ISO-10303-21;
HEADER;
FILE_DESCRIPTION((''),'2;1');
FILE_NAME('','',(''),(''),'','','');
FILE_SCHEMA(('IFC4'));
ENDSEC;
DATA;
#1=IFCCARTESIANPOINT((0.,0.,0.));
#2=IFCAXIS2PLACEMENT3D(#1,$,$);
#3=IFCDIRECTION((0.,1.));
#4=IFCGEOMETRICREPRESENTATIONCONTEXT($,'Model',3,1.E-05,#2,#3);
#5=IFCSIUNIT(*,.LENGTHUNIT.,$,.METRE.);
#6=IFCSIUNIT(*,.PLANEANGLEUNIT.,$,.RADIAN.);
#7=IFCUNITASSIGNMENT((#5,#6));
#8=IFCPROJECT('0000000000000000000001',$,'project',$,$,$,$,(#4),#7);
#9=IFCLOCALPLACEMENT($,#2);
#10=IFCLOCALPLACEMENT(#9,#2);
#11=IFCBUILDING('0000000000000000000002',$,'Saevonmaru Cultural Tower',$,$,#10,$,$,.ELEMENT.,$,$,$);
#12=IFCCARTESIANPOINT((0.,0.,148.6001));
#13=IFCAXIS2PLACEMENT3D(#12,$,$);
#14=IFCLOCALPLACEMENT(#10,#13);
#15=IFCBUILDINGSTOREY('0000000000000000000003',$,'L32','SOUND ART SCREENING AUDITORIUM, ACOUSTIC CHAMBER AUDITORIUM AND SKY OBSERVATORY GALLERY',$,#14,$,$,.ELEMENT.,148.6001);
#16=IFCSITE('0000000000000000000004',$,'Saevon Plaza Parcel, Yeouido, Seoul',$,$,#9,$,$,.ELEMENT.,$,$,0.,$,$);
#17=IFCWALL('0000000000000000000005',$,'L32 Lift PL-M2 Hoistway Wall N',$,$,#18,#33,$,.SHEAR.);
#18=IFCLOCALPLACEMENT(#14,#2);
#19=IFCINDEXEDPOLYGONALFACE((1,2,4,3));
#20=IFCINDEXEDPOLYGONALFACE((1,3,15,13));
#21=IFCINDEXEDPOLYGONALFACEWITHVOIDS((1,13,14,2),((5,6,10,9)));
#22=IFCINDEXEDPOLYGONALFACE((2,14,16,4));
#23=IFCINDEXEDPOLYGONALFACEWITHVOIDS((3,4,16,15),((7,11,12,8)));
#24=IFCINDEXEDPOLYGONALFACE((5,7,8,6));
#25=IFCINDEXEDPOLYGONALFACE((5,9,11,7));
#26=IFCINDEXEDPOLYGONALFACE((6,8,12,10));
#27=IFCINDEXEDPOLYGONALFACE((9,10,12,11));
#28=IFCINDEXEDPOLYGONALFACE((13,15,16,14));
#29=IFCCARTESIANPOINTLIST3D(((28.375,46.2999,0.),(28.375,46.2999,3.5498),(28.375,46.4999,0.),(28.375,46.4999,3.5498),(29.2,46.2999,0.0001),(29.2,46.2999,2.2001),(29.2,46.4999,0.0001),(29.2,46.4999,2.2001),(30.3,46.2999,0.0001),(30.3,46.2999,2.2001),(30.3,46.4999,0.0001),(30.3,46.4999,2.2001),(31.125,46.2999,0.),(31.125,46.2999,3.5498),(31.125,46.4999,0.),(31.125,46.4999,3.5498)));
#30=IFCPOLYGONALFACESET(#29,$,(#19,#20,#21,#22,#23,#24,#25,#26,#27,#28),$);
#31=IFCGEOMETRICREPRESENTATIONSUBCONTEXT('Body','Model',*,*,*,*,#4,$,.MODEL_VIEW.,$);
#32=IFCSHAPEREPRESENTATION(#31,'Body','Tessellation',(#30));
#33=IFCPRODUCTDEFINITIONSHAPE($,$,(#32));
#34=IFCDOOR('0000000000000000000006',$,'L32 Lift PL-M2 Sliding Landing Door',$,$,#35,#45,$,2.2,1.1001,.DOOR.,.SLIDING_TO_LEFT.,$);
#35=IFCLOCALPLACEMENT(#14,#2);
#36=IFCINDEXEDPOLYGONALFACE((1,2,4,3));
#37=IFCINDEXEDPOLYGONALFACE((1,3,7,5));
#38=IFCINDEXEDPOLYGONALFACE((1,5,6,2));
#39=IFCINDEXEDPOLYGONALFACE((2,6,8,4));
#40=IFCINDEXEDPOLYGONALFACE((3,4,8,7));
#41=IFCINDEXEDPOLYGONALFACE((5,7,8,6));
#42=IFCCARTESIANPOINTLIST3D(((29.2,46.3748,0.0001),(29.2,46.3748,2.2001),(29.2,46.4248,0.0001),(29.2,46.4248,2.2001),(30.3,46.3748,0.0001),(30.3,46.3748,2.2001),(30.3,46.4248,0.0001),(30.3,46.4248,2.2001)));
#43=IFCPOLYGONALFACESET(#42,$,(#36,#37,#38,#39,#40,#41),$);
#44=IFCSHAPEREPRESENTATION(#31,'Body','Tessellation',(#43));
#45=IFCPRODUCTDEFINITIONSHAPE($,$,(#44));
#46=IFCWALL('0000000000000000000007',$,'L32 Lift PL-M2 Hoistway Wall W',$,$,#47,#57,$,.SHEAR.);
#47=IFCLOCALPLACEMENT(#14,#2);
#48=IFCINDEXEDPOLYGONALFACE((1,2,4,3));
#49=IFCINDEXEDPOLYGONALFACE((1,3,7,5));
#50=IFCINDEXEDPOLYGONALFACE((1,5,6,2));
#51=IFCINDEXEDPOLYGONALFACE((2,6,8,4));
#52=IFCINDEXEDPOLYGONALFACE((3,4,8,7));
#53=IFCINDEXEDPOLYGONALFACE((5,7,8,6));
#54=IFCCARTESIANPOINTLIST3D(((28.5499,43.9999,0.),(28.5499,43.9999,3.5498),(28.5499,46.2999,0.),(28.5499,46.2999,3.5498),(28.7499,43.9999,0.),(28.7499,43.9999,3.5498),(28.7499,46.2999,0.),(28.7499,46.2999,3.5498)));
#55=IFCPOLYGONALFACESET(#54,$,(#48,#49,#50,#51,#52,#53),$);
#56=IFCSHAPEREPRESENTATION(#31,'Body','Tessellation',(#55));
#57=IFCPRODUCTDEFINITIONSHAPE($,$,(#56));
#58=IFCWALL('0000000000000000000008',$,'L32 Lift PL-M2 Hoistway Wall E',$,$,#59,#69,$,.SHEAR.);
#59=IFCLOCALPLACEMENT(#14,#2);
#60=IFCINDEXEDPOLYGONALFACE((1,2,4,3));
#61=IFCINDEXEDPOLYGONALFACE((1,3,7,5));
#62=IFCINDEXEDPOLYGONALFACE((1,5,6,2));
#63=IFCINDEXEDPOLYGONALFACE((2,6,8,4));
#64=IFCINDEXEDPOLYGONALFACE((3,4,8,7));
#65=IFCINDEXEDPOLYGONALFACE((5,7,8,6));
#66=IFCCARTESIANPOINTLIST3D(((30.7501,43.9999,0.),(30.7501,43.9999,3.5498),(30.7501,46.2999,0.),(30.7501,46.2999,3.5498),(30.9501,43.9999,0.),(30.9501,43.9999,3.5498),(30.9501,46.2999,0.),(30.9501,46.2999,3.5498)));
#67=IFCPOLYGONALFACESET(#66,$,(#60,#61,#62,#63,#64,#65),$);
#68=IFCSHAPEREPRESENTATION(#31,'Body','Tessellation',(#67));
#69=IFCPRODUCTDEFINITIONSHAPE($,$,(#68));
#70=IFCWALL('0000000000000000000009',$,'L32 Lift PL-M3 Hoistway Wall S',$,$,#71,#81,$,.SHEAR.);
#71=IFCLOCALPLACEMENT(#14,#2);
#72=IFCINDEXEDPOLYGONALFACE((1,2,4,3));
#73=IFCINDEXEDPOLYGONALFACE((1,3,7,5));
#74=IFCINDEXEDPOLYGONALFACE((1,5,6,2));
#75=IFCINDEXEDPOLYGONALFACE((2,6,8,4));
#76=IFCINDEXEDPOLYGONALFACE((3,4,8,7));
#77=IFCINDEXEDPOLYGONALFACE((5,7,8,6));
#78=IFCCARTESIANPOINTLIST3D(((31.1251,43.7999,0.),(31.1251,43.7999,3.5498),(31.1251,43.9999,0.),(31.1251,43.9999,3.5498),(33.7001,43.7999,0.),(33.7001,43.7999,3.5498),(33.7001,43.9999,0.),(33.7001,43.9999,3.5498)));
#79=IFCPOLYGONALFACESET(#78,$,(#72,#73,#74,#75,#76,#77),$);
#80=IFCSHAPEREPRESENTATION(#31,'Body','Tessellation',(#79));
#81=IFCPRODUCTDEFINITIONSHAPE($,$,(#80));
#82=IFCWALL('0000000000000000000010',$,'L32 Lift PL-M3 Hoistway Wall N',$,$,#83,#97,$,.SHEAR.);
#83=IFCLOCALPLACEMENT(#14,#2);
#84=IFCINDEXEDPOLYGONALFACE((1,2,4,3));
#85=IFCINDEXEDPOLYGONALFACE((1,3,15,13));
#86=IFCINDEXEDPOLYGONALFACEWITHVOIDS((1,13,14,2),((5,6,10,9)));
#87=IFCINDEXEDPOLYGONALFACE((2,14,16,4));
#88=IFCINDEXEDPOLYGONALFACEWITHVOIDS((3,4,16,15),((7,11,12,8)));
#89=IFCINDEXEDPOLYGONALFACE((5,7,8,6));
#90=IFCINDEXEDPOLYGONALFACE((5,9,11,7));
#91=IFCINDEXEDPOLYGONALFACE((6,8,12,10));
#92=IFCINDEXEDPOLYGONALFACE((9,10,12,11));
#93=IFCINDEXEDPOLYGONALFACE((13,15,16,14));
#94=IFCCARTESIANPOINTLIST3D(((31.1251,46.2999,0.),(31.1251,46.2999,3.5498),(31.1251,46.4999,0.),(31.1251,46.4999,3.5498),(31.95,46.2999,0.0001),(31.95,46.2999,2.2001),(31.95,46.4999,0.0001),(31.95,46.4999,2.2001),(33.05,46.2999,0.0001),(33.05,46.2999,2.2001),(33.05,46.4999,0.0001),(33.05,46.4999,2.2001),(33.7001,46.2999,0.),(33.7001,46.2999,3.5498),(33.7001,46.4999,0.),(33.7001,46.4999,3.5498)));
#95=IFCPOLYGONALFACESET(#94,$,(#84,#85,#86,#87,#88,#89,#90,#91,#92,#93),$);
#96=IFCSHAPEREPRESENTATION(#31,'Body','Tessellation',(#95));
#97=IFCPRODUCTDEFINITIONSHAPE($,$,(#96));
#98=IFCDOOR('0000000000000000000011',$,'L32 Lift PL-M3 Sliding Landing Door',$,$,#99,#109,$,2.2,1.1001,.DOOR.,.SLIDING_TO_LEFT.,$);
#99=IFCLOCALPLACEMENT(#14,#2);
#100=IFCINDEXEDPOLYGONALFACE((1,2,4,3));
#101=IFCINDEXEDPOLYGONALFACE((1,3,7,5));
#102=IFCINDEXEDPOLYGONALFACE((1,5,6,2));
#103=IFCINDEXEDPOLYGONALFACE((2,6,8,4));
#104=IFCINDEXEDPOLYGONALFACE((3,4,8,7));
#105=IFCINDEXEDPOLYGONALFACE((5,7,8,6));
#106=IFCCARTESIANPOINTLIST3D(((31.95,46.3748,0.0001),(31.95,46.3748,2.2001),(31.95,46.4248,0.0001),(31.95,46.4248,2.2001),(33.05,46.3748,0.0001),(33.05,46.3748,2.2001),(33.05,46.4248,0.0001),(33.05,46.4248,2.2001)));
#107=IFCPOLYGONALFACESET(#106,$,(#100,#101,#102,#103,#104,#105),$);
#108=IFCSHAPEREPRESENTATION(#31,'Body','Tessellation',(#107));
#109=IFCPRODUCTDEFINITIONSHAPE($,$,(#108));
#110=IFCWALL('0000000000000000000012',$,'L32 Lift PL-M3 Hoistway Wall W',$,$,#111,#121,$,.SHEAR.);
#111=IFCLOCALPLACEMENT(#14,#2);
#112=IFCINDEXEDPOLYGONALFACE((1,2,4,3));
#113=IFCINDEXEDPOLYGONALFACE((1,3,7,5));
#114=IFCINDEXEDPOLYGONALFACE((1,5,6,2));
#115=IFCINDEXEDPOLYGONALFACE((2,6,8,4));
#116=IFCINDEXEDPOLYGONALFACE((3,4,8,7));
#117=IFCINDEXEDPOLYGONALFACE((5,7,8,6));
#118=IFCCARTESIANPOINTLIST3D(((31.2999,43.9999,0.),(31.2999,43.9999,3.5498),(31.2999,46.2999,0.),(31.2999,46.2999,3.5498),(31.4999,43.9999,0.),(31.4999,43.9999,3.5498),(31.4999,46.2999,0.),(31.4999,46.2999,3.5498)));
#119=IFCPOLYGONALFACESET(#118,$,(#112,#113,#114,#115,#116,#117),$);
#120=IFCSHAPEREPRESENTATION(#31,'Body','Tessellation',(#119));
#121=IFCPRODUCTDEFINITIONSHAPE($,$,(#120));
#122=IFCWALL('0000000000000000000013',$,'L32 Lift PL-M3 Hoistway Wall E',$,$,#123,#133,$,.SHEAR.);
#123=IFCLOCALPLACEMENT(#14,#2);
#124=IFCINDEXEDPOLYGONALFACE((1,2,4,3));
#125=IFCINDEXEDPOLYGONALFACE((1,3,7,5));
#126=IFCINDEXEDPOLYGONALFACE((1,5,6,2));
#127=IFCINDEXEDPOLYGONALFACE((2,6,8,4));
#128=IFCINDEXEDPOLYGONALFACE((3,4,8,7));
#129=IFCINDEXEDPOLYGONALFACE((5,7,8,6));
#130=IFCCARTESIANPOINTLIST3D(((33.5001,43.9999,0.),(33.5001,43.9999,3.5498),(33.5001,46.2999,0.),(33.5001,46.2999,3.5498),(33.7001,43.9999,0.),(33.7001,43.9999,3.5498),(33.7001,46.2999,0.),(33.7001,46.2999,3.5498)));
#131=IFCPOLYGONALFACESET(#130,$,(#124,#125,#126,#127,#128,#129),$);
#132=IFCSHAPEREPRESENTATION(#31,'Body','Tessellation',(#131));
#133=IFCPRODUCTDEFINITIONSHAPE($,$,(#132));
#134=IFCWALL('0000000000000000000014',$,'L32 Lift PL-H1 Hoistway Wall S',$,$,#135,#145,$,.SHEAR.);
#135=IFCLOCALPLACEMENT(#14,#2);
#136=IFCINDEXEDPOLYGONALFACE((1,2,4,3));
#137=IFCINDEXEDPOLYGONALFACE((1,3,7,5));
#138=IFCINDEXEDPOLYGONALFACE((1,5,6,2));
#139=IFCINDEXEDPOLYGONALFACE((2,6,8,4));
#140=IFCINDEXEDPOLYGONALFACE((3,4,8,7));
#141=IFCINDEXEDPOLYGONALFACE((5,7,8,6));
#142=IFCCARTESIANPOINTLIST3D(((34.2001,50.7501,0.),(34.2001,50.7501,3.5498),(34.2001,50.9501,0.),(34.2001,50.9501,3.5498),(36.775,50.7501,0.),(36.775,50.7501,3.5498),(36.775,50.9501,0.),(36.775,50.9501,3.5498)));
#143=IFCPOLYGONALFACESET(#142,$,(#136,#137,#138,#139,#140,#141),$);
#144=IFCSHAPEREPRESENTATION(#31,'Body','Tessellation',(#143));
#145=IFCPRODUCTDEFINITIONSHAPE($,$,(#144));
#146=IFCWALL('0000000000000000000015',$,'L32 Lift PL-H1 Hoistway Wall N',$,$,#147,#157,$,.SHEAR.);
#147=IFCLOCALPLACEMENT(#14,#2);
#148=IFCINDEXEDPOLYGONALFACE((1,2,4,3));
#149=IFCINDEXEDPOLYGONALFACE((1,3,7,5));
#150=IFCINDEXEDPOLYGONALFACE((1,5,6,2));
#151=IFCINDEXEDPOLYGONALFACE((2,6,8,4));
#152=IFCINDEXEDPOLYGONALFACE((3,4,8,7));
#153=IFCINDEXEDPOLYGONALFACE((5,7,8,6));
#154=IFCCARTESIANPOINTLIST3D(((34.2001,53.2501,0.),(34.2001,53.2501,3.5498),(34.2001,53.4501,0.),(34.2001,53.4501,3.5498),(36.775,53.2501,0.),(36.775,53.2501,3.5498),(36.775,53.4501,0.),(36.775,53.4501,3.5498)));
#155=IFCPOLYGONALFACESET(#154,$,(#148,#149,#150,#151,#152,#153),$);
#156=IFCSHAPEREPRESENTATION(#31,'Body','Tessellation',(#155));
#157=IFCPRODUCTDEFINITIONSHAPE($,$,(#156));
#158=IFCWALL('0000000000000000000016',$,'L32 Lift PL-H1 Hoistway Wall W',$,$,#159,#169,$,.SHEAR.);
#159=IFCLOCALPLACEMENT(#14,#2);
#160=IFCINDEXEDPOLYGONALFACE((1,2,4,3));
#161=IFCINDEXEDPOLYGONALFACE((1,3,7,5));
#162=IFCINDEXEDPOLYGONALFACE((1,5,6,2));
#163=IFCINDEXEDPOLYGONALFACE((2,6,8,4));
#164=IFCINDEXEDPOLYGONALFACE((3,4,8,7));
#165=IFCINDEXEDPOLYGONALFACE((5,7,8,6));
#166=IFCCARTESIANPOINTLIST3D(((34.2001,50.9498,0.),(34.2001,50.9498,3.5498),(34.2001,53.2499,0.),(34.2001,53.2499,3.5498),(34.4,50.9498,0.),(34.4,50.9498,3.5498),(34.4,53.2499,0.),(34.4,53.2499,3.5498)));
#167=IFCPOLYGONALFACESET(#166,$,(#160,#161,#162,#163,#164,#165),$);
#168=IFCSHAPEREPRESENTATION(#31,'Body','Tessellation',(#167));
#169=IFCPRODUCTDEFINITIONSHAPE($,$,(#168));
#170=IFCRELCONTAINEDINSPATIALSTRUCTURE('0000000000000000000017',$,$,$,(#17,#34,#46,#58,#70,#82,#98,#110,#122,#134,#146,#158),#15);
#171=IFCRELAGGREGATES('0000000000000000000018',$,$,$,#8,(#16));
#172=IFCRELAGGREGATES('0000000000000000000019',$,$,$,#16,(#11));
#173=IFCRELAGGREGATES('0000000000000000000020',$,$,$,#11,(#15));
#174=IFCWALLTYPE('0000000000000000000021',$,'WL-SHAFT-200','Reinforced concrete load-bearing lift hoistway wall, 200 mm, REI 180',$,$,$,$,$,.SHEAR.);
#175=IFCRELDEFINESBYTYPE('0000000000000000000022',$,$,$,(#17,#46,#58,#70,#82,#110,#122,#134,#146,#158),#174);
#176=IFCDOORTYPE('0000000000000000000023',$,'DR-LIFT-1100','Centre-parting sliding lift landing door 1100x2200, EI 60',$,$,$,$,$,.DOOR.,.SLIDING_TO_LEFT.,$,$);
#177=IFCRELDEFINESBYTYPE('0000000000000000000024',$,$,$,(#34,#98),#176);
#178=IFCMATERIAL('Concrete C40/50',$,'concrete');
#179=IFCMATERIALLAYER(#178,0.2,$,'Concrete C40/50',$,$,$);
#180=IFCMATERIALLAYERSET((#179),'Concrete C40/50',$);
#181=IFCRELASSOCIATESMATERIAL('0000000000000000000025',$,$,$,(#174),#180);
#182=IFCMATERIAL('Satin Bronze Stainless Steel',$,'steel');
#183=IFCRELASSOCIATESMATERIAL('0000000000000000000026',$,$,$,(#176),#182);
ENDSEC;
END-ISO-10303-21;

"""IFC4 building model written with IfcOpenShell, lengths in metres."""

from ifc_helpers import new_model, si_unit, direction, frame, frame_2d, origin, place, context, subcontext, project, spatial, rectangle, extrude, material, layer, layer_set, type_object, element, fill, save


model = new_model("IFC4")

# Units and contexts
model_context = context("Model", 3, precision=1e-05, world=origin(), true_north=direction((0.0, 1.0)))
body_context = subcontext(model_context, "Body", "Model", "MODEL_VIEW")
ifc_project = project(units=[si_unit("LENGTHUNIT", "METRE"), si_unit("PLANEANGLEUNIT", "RADIAN")], contexts=[model_context])

# Site, building, storey
site_placement = place(None, origin())
site = spatial("IfcSite", under=ifc_project, at=site_placement, Name="Saevon Plaza Parcel, Yeouido, Seoul", CompositionType="ELEMENT", RefElevation=0.0)
building_placement = place(site_placement, origin())
building = spatial("IfcBuilding", under=site, at=building_placement, Name="Saevonmaru Cultural Tower", CompositionType="ELEMENT")
storey_placement = place(building_placement, frame((0.0, 0.0, 148.6001)))
storey = spatial("IfcBuildingStorey", under=building, at=storey_placement, Name="L32", Description="SOUND ART SCREENING AUDITORIUM, ACOUSTIC CHAMBER AUDITORIUM AND SKY OBSERVATORY GALLERY", CompositionType="ELEMENT", Elevation=148.6001)

# Shared definitions
ifc_material_1 = material(Name="Concrete C40/50", Category="concrete")
ifc_layer_1 = layer(ifc_material_1, 0.2, Name="Concrete C40/50")
ifc_layer_set_1 = layer_set([ifc_layer_1], Name="Concrete C40/50")
wall_type_1 = type_object("IfcWallType", Name="WL-SHAFT-200", Description="Reinforced concrete load-bearing lift hoistway wall, 200 mm, REI 180", PredefinedType="SHEAR", material=ifc_layer_set_1)
ifc_material_2 = material(Name="Satin Bronze Stainless Steel", Category="steel")
door_type_1 = type_object("IfcDoorType", Name="DR-LIFT-1100", Description="Centre-parting sliding lift landing door 1100x2200, EI 60", OperationType="SLIDING_TO_LEFT", PredefinedType="DOOR", material=ifc_material_2)

# Wall, opening, door
wall_1_placement = place(storey_placement, frame((28.375, 46.3999, 0.0), z_axis=(0.0, 0.0, 1.0), x_axis=(1.0, 0.0, 0.0)))
wall_1 = element("IfcWall", 1, at=wall_1_placement, inside=storey, type_object=wall_type_1, Name="L32 Lift PL-M2 Hoistway Wall N", PredefinedType="SHEAR", context=body_context, shape_type="SweptSolid", body=[
    extrude(rectangle(XDim=2.75, YDim=0.2, at=frame_2d((1.375, 0.0))), origin(), (0.0, 0.0, 1.0), 3.5498),
])
opening_1_placement = place(wall_1_placement, frame((0.825, 0.0, 0.0)))
opening_1 = element("IfcOpeningElement", 2, at=opening_1_placement, cuts=wall_1, PredefinedType="OPENING", context=body_context, shape_type="SweptSolid", body=[
    extrude(rectangle(XDim=1.1001, YDim=2.2, at=frame_2d((0.55, 1.1001))), frame((0.0, 0.1099, 0.0), z_axis=(0.0, -1.0, 0.0), x_axis=(1.0, 0.0, 0.0)), (0.0, 0.0, 1.0), 0.22),
])
door_1_placement = place(opening_1_placement, origin())
door_1 = element("IfcDoor", 3, at=door_1_placement, inside=storey, type_object=door_type_1, Name="L32 Lift PL-M2 Sliding Landing Door", OperationType="SLIDING_TO_LEFT", OverallHeight=2.2, OverallWidth=1.1001, PredefinedType="DOOR", context=body_context, shape_type="SweptSolid", body=[
    extrude(rectangle(XDim=1.1001, YDim=2.2, at=frame_2d((0.55, 1.1001))), frame((0.0, 0.0249, 0.0), z_axis=(0.0, -1.0, 0.0), x_axis=(1.0, 0.0, 0.0)), (0.0, 0.0, 1.0), 0.05),
])
fill(opening_1, door_1)

# Walls
for number, where, z_axis, x_axis, name in (
    (4, (28.6499, 44.0, 0.0), (0.0, 0.0, 1.0), (0.0, 1.0, 0.0), "L32 Lift PL-M2 Hoistway Wall W"),
    (5, (30.8501, 44.0, 0.0), (0.0, 0.0, 1.0), (0.0, 1.0, 0.0), "L32 Lift PL-M2 Hoistway Wall E"),
):
    element("IfcWall", number, at=place(storey_placement, frame(where, z_axis=z_axis, x_axis=x_axis)), inside=storey, type_object=wall_type_1, Name=name, PredefinedType="SHEAR", context=body_context, shape_type="SweptSolid", body=[
        extrude(rectangle(XDim=2.3, YDim=0.2, at=frame_2d((1.1499, 0.0))), origin(), (0.0, 0.0, 1.0), 3.5498),
    ])
wall_2_placement = place(storey_placement, frame((31.125, 43.8999, 0.0), z_axis=(0.0, 0.0, 1.0), x_axis=(1.0, 0.0, 0.0)))
element("IfcWall", 6, at=wall_2_placement, inside=storey, type_object=wall_type_1, Name="L32 Lift PL-M3 Hoistway Wall S", PredefinedType="SHEAR", context=body_context, shape_type="SweptSolid", body=[
    extrude(rectangle(XDim=2.575, YDim=0.2, at=frame_2d((1.2876, 0.0))), origin(), (0.0, 0.0, 1.0), 3.5498),
])

# Wall, opening, door
wall_3_placement = place(storey_placement, frame((31.125, 46.3999, 0.0), z_axis=(0.0, 0.0, 1.0), x_axis=(1.0, 0.0, 0.0)))
wall_3 = element("IfcWall", 7, at=wall_3_placement, inside=storey, type_object=wall_type_1, Name="L32 Lift PL-M3 Hoistway Wall N", PredefinedType="SHEAR", context=body_context, shape_type="SweptSolid", body=[
    extrude(rectangle(XDim=2.575, YDim=0.2, at=frame_2d((1.2876, 0.0))), origin(), (0.0, 0.0, 1.0), 3.5498),
])
opening_2_placement = place(wall_3_placement, frame((0.825, 0.0, 0.0)))
opening_2 = element("IfcOpeningElement", 8, at=opening_2_placement, cuts=wall_3, PredefinedType="OPENING", context=body_context, shape_type="SweptSolid", body=[
    extrude(rectangle(XDim=1.1001, YDim=2.2, at=frame_2d((0.55, 1.1001))), frame((0.0, 0.1099, 0.0), z_axis=(0.0, -1.0, 0.0), x_axis=(1.0, 0.0, 0.0)), (0.0, 0.0, 1.0), 0.22),
])
door_2_placement = place(opening_2_placement, origin())
door_2 = element("IfcDoor", 9, at=door_2_placement, inside=storey, type_object=door_type_1, Name="L32 Lift PL-M3 Sliding Landing Door", OperationType="SLIDING_TO_LEFT", OverallHeight=2.2, OverallWidth=1.1001, PredefinedType="DOOR", context=body_context, shape_type="SweptSolid", body=[
    extrude(rectangle(XDim=1.1001, YDim=2.2, at=frame_2d((0.55, 1.1001))), frame((0.0, 0.0249, 0.0), z_axis=(0.0, -1.0, 0.0), x_axis=(1.0, 0.0, 0.0)), (0.0, 0.0, 1.0), 0.05),
])
fill(opening_2, door_2)

# Walls
for number, where, z_axis, x_axis, name in (
    (10, (31.3999, 44.0, 0.0), (0.0, 0.0, 1.0), (0.0, 1.0, 0.0), "L32 Lift PL-M3 Hoistway Wall W"),
    (11, (33.6001, 44.0, 0.0), (0.0, 0.0, 1.0), (0.0, 1.0, 0.0), "L32 Lift PL-M3 Hoistway Wall E"),
):
    element("IfcWall", number, at=place(storey_placement, frame(where, z_axis=z_axis, x_axis=x_axis)), inside=storey, type_object=wall_type_1, Name=name, PredefinedType="SHEAR", context=body_context, shape_type="SweptSolid", body=[
        extrude(rectangle(XDim=2.3, YDim=0.2, at=frame_2d((1.1499, 0.0))), origin(), (0.0, 0.0, 1.0), 3.5498),
    ])
for number, where, z_axis, x_axis, name in (
    (12, (34.2, 50.8501, 0.0), (0.0, 0.0, 1.0), (1.0, 0.0, 0.0), "L32 Lift PL-H1 Hoistway Wall S"),
    (13, (34.2, 53.3501, 0.0), (0.0, 0.0, 1.0), (1.0, 0.0, 0.0), "L32 Lift PL-H1 Hoistway Wall N"),
):
    element("IfcWall", number, at=place(storey_placement, frame(where, z_axis=z_axis, x_axis=x_axis)), inside=storey, type_object=wall_type_1, Name=name, PredefinedType="SHEAR", context=body_context, shape_type="SweptSolid", body=[
        extrude(rectangle(XDim=2.575, YDim=0.2, at=frame_2d((1.2876, 0.0))), origin(), (0.0, 0.0, 1.0), 3.5498),
    ])
wall_4_placement = place(storey_placement, frame((34.3, 50.95, 0.0), z_axis=(0.0, 0.0, 1.0), x_axis=(0.0, 1.0, 0.0)))
element("IfcWall", 14, at=wall_4_placement, inside=storey, type_object=wall_type_1, Name="L32 Lift PL-H1 Hoistway Wall W", PredefinedType="SHEAR", context=body_context, shape_type="SweptSolid", body=[
    extrude(rectangle(XDim=2.3, YDim=0.2, at=frame_2d((1.1499, 0.0))), origin(), (0.0, 0.0, 1.0), 3.5498),
])

save(model, "model.ifc")
